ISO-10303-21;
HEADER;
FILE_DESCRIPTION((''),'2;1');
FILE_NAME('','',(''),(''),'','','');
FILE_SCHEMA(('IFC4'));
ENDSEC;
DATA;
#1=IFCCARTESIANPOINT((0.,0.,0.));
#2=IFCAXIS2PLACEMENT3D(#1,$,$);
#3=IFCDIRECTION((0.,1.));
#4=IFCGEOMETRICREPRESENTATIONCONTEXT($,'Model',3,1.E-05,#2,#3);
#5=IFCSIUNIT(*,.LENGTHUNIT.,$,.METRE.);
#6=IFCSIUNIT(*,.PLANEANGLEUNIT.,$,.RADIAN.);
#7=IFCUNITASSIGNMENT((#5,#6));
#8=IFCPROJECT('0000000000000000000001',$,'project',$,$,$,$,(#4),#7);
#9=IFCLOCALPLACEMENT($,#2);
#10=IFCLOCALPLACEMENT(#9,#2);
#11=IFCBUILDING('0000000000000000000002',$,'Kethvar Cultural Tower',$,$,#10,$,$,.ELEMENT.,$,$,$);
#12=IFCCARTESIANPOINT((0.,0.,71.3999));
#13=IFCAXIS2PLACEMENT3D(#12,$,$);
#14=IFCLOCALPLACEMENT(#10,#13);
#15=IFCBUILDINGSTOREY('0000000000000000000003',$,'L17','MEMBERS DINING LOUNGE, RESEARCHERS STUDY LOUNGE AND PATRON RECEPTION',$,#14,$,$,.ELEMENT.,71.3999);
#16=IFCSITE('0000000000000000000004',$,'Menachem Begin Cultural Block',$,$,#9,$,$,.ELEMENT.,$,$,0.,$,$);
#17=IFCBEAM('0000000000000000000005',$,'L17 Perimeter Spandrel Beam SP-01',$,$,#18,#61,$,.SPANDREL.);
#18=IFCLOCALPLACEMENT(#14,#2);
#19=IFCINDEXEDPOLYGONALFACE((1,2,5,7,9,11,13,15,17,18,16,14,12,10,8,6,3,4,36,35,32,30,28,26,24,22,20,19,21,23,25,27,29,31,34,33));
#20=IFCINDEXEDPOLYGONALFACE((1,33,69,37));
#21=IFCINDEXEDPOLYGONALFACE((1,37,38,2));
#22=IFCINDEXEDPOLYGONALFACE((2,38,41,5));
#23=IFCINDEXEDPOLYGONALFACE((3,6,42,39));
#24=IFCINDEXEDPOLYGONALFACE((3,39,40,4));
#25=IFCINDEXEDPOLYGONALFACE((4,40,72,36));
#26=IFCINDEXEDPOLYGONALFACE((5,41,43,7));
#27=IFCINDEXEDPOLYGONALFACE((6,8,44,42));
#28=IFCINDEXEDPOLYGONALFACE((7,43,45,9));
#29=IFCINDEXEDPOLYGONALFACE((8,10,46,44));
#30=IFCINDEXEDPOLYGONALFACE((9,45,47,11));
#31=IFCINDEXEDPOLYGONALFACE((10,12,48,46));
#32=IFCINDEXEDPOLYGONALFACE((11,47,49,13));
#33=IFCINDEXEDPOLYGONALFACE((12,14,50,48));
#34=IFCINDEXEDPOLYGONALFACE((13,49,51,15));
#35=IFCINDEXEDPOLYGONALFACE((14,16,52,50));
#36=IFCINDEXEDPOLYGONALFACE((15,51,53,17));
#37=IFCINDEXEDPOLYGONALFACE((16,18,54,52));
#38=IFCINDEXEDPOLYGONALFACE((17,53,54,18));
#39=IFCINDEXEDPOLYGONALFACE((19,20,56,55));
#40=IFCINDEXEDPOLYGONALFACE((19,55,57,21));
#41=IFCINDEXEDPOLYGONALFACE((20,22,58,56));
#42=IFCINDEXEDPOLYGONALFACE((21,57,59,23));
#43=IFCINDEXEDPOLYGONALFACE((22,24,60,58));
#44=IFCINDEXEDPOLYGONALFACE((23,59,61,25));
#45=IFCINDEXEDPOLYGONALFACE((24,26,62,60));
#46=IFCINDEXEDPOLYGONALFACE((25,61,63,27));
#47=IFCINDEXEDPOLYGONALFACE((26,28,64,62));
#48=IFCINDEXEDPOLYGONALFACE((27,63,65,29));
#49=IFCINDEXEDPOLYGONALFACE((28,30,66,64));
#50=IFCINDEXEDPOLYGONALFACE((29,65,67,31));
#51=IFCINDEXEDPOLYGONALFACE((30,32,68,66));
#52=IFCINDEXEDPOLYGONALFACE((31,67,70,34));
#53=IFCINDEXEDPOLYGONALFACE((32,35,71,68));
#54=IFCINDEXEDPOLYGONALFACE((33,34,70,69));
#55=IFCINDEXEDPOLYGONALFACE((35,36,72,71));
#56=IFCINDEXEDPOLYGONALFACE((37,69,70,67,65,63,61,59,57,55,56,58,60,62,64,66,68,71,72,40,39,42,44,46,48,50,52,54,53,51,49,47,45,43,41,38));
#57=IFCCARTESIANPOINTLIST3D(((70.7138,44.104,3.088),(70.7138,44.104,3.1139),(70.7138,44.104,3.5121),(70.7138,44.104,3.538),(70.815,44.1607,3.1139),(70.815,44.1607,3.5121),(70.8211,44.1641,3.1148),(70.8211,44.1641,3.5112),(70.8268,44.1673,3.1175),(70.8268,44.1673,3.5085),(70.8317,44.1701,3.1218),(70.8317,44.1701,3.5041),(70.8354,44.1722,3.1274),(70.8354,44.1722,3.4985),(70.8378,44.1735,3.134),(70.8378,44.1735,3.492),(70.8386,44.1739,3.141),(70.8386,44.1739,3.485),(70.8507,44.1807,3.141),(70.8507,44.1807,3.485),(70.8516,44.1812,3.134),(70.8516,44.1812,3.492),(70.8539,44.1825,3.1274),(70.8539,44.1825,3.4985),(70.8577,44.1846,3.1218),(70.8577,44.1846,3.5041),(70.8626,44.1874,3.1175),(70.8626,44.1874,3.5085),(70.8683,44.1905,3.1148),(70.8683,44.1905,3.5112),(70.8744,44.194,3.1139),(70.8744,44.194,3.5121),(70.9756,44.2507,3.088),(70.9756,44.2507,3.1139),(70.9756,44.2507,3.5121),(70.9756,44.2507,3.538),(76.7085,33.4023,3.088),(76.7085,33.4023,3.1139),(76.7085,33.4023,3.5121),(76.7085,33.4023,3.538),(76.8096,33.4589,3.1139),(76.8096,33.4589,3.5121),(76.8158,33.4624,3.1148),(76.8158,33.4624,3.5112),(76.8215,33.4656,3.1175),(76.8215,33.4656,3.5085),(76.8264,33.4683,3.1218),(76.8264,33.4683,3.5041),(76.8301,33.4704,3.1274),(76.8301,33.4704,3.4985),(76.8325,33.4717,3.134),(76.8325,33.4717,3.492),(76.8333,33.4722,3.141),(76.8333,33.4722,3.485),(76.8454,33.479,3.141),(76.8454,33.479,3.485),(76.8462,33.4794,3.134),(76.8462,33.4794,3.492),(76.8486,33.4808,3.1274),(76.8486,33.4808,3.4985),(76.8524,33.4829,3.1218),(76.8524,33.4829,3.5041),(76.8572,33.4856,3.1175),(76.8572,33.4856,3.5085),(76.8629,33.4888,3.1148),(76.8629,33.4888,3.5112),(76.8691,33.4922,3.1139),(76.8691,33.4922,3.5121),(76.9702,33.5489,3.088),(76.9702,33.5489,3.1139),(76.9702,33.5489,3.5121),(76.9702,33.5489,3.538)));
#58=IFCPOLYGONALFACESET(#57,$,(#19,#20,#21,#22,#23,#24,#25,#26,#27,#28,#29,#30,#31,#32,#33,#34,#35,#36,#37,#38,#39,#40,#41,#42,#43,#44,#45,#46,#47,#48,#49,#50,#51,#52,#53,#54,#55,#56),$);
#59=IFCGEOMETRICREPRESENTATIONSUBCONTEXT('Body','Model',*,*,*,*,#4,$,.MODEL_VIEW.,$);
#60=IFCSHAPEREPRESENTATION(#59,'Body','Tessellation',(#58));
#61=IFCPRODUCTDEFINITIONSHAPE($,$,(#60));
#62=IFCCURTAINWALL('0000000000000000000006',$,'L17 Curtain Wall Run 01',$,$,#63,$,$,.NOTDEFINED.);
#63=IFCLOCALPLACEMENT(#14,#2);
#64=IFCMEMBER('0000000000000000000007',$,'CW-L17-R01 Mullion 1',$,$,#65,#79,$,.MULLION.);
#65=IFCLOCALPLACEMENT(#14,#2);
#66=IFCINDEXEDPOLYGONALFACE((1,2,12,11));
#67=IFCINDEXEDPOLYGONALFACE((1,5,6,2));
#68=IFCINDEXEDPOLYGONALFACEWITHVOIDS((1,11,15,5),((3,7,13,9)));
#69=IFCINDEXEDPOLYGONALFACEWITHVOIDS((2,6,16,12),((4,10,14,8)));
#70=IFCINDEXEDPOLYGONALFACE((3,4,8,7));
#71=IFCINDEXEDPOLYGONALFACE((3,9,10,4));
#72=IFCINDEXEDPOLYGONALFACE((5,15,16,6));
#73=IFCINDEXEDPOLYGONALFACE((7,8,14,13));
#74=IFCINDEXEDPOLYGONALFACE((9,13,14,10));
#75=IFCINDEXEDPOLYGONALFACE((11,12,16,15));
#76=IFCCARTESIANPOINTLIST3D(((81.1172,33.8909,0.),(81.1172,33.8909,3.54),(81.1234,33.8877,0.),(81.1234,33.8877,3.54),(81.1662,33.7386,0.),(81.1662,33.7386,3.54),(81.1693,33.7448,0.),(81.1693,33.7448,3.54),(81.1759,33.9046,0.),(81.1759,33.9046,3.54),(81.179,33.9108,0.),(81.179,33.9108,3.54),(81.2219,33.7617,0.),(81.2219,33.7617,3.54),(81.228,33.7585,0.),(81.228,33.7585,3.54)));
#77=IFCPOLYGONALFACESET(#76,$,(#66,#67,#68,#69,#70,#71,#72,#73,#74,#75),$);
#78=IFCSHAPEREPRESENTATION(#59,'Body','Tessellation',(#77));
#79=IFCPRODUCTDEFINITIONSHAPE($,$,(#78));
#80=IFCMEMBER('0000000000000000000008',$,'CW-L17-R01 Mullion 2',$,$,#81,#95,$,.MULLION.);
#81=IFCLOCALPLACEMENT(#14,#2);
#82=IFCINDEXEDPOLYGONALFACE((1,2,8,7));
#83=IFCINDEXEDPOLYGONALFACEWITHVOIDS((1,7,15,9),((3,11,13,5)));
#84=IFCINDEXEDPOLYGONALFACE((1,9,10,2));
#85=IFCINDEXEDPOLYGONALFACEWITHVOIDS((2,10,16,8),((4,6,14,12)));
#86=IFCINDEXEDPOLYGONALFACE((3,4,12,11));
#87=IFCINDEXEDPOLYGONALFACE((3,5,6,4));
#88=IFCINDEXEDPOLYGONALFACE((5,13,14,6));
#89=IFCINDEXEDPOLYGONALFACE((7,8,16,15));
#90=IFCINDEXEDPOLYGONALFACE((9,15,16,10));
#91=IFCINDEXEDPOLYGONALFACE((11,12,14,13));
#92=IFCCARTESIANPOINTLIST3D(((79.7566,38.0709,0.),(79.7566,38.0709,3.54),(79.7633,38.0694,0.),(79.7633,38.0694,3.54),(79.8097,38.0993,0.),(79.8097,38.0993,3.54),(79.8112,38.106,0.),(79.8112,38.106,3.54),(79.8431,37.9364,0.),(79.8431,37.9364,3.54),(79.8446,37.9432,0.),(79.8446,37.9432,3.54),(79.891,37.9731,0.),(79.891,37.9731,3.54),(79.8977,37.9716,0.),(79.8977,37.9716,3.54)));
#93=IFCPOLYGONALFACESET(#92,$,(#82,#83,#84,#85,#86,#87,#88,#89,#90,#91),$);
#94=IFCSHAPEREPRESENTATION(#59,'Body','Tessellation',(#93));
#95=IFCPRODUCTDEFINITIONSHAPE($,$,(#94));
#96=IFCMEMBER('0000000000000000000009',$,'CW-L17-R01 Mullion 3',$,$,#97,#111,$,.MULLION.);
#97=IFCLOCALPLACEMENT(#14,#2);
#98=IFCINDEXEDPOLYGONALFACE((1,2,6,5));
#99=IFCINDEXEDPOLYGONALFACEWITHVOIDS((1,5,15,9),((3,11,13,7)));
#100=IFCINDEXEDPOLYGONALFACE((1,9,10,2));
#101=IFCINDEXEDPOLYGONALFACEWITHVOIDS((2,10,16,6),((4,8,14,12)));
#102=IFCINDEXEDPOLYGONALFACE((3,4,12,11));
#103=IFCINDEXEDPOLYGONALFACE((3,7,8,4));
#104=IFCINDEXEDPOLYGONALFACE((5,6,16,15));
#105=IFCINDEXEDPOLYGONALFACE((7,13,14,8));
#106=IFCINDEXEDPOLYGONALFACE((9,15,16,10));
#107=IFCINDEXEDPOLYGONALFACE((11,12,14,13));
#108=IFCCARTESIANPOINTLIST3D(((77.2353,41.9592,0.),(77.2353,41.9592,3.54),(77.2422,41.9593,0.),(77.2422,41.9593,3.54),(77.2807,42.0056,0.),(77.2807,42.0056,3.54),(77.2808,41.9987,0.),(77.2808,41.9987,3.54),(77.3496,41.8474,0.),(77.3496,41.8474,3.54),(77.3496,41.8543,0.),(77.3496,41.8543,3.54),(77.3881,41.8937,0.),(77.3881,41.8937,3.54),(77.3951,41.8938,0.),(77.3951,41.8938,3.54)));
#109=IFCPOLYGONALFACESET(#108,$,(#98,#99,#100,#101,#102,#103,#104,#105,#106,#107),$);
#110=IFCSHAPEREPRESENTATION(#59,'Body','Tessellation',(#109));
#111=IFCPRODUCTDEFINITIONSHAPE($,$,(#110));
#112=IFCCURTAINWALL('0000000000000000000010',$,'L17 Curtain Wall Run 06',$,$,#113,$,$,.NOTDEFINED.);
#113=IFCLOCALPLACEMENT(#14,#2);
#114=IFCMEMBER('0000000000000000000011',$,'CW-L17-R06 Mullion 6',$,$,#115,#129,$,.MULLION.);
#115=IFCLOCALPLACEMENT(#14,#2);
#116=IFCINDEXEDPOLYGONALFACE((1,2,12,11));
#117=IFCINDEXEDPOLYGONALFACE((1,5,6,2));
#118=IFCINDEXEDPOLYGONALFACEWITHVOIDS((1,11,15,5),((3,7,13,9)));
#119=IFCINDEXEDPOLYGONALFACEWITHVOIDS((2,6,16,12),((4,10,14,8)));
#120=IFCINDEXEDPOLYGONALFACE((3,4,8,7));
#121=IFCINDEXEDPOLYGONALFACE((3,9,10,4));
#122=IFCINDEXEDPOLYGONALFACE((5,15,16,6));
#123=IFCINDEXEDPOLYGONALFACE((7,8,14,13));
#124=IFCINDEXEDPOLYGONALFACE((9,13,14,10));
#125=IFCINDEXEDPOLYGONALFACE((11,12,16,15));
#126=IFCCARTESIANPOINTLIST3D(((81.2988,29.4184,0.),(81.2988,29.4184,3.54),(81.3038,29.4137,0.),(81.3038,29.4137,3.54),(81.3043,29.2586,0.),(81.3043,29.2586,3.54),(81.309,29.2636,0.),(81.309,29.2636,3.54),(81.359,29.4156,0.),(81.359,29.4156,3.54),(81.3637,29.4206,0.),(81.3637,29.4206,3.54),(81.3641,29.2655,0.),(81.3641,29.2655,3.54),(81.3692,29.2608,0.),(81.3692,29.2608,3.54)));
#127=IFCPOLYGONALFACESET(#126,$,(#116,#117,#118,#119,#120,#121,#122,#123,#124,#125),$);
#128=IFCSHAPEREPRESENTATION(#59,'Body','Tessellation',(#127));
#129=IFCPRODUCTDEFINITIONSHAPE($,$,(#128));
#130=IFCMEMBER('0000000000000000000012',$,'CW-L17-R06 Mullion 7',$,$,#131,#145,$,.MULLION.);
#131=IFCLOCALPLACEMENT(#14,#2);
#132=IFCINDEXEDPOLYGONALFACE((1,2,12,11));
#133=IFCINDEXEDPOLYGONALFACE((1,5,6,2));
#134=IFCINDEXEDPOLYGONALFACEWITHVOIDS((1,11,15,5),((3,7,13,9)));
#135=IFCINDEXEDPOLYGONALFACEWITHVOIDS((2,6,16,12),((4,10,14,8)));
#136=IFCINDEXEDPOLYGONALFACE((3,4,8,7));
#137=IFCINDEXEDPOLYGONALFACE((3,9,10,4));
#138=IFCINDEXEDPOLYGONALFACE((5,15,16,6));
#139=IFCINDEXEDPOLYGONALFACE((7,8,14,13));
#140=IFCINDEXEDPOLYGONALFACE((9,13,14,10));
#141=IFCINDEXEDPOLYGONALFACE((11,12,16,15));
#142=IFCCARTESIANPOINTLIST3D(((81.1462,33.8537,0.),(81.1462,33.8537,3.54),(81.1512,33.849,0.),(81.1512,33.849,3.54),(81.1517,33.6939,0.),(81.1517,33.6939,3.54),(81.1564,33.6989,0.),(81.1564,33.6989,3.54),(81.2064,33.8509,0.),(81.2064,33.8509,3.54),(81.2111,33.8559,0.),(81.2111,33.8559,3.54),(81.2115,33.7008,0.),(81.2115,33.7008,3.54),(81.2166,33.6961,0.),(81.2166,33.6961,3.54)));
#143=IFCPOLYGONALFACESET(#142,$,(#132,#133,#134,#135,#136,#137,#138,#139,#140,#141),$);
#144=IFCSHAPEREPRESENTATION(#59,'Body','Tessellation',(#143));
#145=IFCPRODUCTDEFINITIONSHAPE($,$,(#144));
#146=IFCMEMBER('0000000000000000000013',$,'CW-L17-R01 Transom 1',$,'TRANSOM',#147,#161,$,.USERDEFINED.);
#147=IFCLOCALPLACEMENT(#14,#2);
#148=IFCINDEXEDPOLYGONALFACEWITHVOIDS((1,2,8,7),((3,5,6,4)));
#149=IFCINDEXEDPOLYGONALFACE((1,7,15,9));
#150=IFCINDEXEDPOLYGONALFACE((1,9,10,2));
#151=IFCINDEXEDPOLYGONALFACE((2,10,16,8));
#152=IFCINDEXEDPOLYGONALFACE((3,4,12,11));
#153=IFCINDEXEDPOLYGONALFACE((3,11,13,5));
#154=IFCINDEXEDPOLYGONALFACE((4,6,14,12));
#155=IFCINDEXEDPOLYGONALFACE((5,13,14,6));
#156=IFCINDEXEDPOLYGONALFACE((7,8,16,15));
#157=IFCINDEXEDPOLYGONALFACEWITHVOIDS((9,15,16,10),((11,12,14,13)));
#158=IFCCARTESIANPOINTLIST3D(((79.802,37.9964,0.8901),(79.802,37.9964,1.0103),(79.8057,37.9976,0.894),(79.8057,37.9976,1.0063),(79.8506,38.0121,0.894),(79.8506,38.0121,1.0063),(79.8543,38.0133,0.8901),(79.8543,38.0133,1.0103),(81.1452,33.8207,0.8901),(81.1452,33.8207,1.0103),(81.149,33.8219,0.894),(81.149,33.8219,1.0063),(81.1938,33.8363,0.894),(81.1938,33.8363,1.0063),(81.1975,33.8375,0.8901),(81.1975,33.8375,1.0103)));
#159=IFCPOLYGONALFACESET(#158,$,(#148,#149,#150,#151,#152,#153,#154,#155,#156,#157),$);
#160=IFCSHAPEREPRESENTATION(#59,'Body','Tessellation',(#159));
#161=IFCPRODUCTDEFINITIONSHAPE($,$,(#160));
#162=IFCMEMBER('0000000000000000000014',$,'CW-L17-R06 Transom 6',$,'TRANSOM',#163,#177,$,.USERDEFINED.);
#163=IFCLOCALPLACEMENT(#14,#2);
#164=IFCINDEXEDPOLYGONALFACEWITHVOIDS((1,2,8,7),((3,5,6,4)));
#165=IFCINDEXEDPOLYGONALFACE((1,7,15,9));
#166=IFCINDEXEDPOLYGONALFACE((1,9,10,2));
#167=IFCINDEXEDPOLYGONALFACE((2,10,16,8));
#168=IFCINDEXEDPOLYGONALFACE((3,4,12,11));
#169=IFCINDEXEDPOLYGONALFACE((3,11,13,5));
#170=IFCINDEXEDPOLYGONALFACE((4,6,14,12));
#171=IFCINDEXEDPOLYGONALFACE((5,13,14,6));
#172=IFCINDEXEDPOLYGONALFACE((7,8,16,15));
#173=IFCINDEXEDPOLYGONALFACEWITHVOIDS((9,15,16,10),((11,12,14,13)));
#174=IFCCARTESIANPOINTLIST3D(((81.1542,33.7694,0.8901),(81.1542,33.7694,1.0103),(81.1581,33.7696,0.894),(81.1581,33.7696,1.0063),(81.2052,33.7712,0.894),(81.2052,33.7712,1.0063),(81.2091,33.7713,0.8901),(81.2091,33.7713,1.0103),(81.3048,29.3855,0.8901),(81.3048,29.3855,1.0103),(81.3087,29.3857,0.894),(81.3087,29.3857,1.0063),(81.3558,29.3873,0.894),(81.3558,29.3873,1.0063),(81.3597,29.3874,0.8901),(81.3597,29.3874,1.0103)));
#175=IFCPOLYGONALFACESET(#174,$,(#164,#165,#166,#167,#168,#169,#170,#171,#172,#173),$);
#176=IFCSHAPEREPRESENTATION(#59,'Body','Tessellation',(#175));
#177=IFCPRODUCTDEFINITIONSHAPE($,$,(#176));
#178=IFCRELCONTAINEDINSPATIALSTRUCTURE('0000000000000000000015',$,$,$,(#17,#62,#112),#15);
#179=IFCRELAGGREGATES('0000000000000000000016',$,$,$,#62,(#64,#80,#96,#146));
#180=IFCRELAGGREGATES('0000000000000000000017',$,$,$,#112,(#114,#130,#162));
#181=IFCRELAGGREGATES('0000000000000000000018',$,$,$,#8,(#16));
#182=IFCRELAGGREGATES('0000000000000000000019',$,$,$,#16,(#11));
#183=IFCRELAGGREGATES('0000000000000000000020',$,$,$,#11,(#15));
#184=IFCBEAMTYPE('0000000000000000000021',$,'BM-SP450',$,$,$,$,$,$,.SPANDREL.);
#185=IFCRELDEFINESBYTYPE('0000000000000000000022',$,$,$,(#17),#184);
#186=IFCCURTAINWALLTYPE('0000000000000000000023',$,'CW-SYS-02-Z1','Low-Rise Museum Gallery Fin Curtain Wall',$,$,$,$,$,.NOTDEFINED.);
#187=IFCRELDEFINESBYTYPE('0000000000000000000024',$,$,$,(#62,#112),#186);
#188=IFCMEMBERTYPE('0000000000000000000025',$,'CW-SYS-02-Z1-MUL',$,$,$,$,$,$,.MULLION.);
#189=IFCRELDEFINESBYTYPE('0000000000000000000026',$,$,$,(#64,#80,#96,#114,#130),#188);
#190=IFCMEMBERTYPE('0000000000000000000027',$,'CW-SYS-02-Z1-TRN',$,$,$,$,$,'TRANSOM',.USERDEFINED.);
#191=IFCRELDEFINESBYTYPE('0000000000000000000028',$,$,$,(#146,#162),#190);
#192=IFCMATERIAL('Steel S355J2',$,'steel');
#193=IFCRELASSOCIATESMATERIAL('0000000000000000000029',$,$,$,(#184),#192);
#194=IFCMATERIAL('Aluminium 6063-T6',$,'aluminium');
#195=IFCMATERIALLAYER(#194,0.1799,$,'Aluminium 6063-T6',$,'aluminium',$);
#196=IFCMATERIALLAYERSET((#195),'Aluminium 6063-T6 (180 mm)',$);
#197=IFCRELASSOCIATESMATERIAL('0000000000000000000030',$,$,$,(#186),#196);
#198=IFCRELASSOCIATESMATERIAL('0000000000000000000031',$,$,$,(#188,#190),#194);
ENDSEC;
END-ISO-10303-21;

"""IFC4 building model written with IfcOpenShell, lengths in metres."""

from ifc_helpers import new_model, si_unit, direction, frame, origin, origin_2d, place, context, subcontext, project, spatial, hollow_rectangle, i_section, extrude, source, transform, mapped, material, layer, layer_set, material_profile, profile_set, type_object, element, aggregate, save


model = new_model("IFC4")

# Units and contexts
model_context = context("Model", 3, precision=1e-05, world=origin(), true_north=direction((0.0, 1.0)))
body_context = subcontext(model_context, "Body", "Model", "MODEL_VIEW")
ifc_project = project(units=[si_unit("LENGTHUNIT", "METRE"), si_unit("PLANEANGLEUNIT", "RADIAN")], contexts=[model_context])

# Site, building, storey
site_placement = place(None, origin())
site = spatial("IfcSite", under=ifc_project, at=site_placement, Name="Menachem Begin Cultural Block", CompositionType="ELEMENT", RefElevation=0.0)
building_placement = place(site_placement, origin())
building = spatial("IfcBuilding", under=site, at=building_placement, Name="Kethvar Cultural Tower", CompositionType="ELEMENT")
storey_placement = place(building_placement, frame((0.0, 0.0, 71.3999)))
storey = spatial("IfcBuildingStorey", under=building, at=storey_placement, Name="L17", Description="MEMBERS DINING LOUNGE, RESEARCHERS STUDY LOUNGE AND PATRON RECEPTION", CompositionType="ELEMENT", Elevation=71.3999)

# Beam
ifc_material_1 = material(Name="Steel S355J2", Category="steel")
ifc_material_profile_1 = material_profile(ifc_material_1, i_section(OverallWidth=0.3, OverallDepth=0.45, WebThickness=0.0139, FlangeThickness=0.0259, FilletRadius=0.0271, at=origin_2d()), Name="Steel S355J2 — HEB450")
ifc_profile_set_1 = profile_set([ifc_material_profile_1], Name="Steel S355J2 — HEB450")
beam_type_1 = type_object("IfcBeamType", Name="BM-SP450", PredefinedType="SPANDREL", material=ifc_profile_set_1)
shared_shape_1 = source(origin(), body_context, "Body", "SweptSolid", [
    extrude(i_section(OverallWidth=0.3, OverallDepth=0.45, WebThickness=0.0139, FlangeThickness=0.0259, FilletRadius=0.0271, at=origin_2d()), origin(), (0.0, 0.0, 1.0), 12.2664),
])
beam_1_placement = place(storey_placement, frame((76.8394, 33.4756, 3.313), z_axis=(-0.488709, 0.872447, 0.0), x_axis=(-0.872447, -0.488709, 0.0)))
element("IfcBeam", 1, at=beam_1_placement, inside=storey, type_object=beam_type_1, Name="L17 Perimeter Spandrel Beam SP-01", PredefinedType="SPANDREL", context=body_context, shape_type="MappedRepresentation", body=[
    mapped(shared_shape_1, transform((0.0, 0.0, 0.0), scale=1.0)),
])

# Curtain walls, members
ifc_material_2 = material(Name="Aluminium 6063-T6", Category="aluminium")
ifc_layer_1 = layer(ifc_material_2, 0.1799, Name="Aluminium 6063-T6", Category="aluminium")
ifc_layer_set_1 = layer_set([ifc_layer_1], Name="Aluminium 6063-T6 (180 mm)")
curtain_wall_type = type_object("IfcCurtainWallType", Name="CW-SYS-02-Z1", Description="Low-Rise Museum Gallery Fin Curtain Wall", PredefinedType="NOTDEFINED", material=ifc_layer_set_1)
curtain_wall_1_placement = place(storey_placement, origin())
curtain_wall_1 = element("IfcCurtainWall", 2, at=curtain_wall_1_placement, inside=storey, type_object=curtain_wall_type, Name="L17 Curtain Wall Run 01", PredefinedType="NOTDEFINED")
ifc_material_profile_2 = material_profile(ifc_material_2, hollow_rectangle(XDim=0.0649, YDim=0.1599, WallThickness=0.0049, at=origin_2d()), Name="Aluminium 6063-T6 — RHS160x65x5")
ifc_profile_set_2 = profile_set([ifc_material_profile_2], Name="Aluminium 6063-T6 — RHS160x65x5")
member_type_1 = type_object("IfcMemberType", Name="CW-SYS-02-Z1-MUL", PredefinedType="MULLION", material=ifc_profile_set_2)
shared_shape_2 = source(origin(), body_context, "Body", "SweptSolid", [
    extrude(hollow_rectangle(XDim=0.0649, YDim=0.1599, WallThickness=0.0049, at=origin_2d()), origin(), (0.0, 0.0, 1.0), 3.54),
])
member_1_placement = place(storey_placement, frame((81.1726, 33.8247, 0.0), z_axis=(0.0, 0.0, 1.0), x_axis=(-0.951964, -0.30621, 0.0)))
member_1 = element("IfcMember", 3, at=member_1_placement, type_object=member_type_1, Name="CW-L17-R01 Mullion 1", PredefinedType="MULLION", context=body_context, shape_type="MappedRepresentation", body=[
    mapped(shared_shape_2, transform((0.0, 0.0, 0.0), scale=1.0)),
])
member_2_placement = place(storey_placement, frame((79.8271, 38.0212, 0.0), z_axis=(0.0, 0.0, 1.0), x_axis=(-0.840699, -0.541503, 0.0)))
member_2 = element("IfcMember", 4, at=member_2_placement, type_object=member_type_1, Name="CW-L17-R01 Mullion 2", PredefinedType="MULLION", context=body_context, shape_type="MappedRepresentation", body=[
    mapped(shared_shape_2, transform((0.0, 0.0, 0.0), scale=1.0)),
])
member_3_placement = place(storey_placement, frame((77.3152, 41.9265, 0.0), z_axis=(0.0, 0.0, 1.0), x_axis=(-0.699202, -0.714924, 0.0)))
member_3 = element("IfcMember", 5, at=member_3_placement, type_object=member_type_1, Name="CW-L17-R01 Mullion 3", PredefinedType="MULLION", context=body_context, shape_type="MappedRepresentation", body=[
    mapped(shared_shape_2, transform((0.0, 0.0, 0.0), scale=1.0)),
])
curtain_wall_2_placement = place(storey_placement, origin())
curtain_wall_2 = element("IfcCurtainWall", 6, at=curtain_wall_2_placement, inside=storey, type_object=curtain_wall_type, Name="L17 Curtain Wall Run 06", PredefinedType="NOTDEFINED")
member_4_placement = place(storey_placement, frame((81.334, 29.3396, 0.0), z_axis=(0.0, 0.0, 1.0), x_axis=(-0.99941, -0.034359, 0.0)))
member_4 = element("IfcMember", 7, at=member_4_placement, type_object=member_type_1, Name="CW-L17-R06 Mullion 6", PredefinedType="MULLION", context=body_context, shape_type="MappedRepresentation", body=[
    mapped(shared_shape_2, transform((0.0, 0.0, 0.0), scale=1.0)),
])
member_5_placement = place(storey_placement, frame((81.1814, 33.7749, 0.0), z_axis=(0.0, 0.0, 1.0), x_axis=(-0.99941, -0.034359, 0.0)))
member_5 = element("IfcMember", 8, at=member_5_placement, type_object=member_type_1, Name="CW-L17-R06 Mullion 7", PredefinedType="MULLION", context=body_context, shape_type="MappedRepresentation", body=[
    mapped(shared_shape_2, transform((0.0, 0.0, 0.0), scale=1.0)),
])

# Members
ifc_material_profile_3 = material_profile(ifc_material_2, hollow_rectangle(XDim=0.0549, YDim=0.1201, WallThickness=0.0039, at=origin_2d()), Name="Aluminium 6063-T6 — RHS120x55x4")
ifc_profile_set_3 = profile_set([ifc_material_profile_3], Name="Aluminium 6063-T6 — RHS120x55x4")
member_type_2 = type_object("IfcMemberType", Name="CW-SYS-02-Z1-TRN", ElementType="TRANSOM", PredefinedType="USERDEFINED", material=ifc_profile_set_3)
shared_shape_3 = source(origin(), body_context, "Body", "SweptSolid", [
    extrude(hollow_rectangle(XDim=0.0549, YDim=0.1201, WallThickness=0.0039, at=origin_2d()), origin(), (0.0, 0.0, 1.0), 4.3865),
])
member_6_placement = place(storey_placement, frame((81.1714, 33.8291, 0.9502), z_axis=(-0.306225, 0.951959, 0.0), x_axis=(-0.951959, -0.306225, 0.0)))
member_6 = element("IfcMember", 9, at=member_6_placement, type_object=member_type_2, Name="CW-L17-R01 Transom 1", ObjectType="TRANSOM", PredefinedType="USERDEFINED", context=body_context, shape_type="MappedRepresentation", body=[
    mapped(shared_shape_3, transform((0.0, 0.0, 0.0), scale=1.0)),
])
member_7_placement = place(storey_placement, frame((81.3323, 29.3865, 0.9502), z_axis=(-0.034342, 0.99941, 0.0), x_axis=(-0.99941, -0.034342, 0.0)))
member_7 = element("IfcMember", 10, at=member_7_placement, type_object=member_type_2, Name="CW-L17-R06 Transom 6", ObjectType="TRANSOM", PredefinedType="USERDEFINED", context=body_context, shape_type="MappedRepresentation", body=[
    mapped(shared_shape_3, transform((0.0, 0.0, 0.0), scale=1.0)),
])

aggregate(curtain_wall_1, [member_1, member_2, member_3, member_6])
aggregate(curtain_wall_2, [member_4, member_5, member_7])

save(model, "model.ifc")
